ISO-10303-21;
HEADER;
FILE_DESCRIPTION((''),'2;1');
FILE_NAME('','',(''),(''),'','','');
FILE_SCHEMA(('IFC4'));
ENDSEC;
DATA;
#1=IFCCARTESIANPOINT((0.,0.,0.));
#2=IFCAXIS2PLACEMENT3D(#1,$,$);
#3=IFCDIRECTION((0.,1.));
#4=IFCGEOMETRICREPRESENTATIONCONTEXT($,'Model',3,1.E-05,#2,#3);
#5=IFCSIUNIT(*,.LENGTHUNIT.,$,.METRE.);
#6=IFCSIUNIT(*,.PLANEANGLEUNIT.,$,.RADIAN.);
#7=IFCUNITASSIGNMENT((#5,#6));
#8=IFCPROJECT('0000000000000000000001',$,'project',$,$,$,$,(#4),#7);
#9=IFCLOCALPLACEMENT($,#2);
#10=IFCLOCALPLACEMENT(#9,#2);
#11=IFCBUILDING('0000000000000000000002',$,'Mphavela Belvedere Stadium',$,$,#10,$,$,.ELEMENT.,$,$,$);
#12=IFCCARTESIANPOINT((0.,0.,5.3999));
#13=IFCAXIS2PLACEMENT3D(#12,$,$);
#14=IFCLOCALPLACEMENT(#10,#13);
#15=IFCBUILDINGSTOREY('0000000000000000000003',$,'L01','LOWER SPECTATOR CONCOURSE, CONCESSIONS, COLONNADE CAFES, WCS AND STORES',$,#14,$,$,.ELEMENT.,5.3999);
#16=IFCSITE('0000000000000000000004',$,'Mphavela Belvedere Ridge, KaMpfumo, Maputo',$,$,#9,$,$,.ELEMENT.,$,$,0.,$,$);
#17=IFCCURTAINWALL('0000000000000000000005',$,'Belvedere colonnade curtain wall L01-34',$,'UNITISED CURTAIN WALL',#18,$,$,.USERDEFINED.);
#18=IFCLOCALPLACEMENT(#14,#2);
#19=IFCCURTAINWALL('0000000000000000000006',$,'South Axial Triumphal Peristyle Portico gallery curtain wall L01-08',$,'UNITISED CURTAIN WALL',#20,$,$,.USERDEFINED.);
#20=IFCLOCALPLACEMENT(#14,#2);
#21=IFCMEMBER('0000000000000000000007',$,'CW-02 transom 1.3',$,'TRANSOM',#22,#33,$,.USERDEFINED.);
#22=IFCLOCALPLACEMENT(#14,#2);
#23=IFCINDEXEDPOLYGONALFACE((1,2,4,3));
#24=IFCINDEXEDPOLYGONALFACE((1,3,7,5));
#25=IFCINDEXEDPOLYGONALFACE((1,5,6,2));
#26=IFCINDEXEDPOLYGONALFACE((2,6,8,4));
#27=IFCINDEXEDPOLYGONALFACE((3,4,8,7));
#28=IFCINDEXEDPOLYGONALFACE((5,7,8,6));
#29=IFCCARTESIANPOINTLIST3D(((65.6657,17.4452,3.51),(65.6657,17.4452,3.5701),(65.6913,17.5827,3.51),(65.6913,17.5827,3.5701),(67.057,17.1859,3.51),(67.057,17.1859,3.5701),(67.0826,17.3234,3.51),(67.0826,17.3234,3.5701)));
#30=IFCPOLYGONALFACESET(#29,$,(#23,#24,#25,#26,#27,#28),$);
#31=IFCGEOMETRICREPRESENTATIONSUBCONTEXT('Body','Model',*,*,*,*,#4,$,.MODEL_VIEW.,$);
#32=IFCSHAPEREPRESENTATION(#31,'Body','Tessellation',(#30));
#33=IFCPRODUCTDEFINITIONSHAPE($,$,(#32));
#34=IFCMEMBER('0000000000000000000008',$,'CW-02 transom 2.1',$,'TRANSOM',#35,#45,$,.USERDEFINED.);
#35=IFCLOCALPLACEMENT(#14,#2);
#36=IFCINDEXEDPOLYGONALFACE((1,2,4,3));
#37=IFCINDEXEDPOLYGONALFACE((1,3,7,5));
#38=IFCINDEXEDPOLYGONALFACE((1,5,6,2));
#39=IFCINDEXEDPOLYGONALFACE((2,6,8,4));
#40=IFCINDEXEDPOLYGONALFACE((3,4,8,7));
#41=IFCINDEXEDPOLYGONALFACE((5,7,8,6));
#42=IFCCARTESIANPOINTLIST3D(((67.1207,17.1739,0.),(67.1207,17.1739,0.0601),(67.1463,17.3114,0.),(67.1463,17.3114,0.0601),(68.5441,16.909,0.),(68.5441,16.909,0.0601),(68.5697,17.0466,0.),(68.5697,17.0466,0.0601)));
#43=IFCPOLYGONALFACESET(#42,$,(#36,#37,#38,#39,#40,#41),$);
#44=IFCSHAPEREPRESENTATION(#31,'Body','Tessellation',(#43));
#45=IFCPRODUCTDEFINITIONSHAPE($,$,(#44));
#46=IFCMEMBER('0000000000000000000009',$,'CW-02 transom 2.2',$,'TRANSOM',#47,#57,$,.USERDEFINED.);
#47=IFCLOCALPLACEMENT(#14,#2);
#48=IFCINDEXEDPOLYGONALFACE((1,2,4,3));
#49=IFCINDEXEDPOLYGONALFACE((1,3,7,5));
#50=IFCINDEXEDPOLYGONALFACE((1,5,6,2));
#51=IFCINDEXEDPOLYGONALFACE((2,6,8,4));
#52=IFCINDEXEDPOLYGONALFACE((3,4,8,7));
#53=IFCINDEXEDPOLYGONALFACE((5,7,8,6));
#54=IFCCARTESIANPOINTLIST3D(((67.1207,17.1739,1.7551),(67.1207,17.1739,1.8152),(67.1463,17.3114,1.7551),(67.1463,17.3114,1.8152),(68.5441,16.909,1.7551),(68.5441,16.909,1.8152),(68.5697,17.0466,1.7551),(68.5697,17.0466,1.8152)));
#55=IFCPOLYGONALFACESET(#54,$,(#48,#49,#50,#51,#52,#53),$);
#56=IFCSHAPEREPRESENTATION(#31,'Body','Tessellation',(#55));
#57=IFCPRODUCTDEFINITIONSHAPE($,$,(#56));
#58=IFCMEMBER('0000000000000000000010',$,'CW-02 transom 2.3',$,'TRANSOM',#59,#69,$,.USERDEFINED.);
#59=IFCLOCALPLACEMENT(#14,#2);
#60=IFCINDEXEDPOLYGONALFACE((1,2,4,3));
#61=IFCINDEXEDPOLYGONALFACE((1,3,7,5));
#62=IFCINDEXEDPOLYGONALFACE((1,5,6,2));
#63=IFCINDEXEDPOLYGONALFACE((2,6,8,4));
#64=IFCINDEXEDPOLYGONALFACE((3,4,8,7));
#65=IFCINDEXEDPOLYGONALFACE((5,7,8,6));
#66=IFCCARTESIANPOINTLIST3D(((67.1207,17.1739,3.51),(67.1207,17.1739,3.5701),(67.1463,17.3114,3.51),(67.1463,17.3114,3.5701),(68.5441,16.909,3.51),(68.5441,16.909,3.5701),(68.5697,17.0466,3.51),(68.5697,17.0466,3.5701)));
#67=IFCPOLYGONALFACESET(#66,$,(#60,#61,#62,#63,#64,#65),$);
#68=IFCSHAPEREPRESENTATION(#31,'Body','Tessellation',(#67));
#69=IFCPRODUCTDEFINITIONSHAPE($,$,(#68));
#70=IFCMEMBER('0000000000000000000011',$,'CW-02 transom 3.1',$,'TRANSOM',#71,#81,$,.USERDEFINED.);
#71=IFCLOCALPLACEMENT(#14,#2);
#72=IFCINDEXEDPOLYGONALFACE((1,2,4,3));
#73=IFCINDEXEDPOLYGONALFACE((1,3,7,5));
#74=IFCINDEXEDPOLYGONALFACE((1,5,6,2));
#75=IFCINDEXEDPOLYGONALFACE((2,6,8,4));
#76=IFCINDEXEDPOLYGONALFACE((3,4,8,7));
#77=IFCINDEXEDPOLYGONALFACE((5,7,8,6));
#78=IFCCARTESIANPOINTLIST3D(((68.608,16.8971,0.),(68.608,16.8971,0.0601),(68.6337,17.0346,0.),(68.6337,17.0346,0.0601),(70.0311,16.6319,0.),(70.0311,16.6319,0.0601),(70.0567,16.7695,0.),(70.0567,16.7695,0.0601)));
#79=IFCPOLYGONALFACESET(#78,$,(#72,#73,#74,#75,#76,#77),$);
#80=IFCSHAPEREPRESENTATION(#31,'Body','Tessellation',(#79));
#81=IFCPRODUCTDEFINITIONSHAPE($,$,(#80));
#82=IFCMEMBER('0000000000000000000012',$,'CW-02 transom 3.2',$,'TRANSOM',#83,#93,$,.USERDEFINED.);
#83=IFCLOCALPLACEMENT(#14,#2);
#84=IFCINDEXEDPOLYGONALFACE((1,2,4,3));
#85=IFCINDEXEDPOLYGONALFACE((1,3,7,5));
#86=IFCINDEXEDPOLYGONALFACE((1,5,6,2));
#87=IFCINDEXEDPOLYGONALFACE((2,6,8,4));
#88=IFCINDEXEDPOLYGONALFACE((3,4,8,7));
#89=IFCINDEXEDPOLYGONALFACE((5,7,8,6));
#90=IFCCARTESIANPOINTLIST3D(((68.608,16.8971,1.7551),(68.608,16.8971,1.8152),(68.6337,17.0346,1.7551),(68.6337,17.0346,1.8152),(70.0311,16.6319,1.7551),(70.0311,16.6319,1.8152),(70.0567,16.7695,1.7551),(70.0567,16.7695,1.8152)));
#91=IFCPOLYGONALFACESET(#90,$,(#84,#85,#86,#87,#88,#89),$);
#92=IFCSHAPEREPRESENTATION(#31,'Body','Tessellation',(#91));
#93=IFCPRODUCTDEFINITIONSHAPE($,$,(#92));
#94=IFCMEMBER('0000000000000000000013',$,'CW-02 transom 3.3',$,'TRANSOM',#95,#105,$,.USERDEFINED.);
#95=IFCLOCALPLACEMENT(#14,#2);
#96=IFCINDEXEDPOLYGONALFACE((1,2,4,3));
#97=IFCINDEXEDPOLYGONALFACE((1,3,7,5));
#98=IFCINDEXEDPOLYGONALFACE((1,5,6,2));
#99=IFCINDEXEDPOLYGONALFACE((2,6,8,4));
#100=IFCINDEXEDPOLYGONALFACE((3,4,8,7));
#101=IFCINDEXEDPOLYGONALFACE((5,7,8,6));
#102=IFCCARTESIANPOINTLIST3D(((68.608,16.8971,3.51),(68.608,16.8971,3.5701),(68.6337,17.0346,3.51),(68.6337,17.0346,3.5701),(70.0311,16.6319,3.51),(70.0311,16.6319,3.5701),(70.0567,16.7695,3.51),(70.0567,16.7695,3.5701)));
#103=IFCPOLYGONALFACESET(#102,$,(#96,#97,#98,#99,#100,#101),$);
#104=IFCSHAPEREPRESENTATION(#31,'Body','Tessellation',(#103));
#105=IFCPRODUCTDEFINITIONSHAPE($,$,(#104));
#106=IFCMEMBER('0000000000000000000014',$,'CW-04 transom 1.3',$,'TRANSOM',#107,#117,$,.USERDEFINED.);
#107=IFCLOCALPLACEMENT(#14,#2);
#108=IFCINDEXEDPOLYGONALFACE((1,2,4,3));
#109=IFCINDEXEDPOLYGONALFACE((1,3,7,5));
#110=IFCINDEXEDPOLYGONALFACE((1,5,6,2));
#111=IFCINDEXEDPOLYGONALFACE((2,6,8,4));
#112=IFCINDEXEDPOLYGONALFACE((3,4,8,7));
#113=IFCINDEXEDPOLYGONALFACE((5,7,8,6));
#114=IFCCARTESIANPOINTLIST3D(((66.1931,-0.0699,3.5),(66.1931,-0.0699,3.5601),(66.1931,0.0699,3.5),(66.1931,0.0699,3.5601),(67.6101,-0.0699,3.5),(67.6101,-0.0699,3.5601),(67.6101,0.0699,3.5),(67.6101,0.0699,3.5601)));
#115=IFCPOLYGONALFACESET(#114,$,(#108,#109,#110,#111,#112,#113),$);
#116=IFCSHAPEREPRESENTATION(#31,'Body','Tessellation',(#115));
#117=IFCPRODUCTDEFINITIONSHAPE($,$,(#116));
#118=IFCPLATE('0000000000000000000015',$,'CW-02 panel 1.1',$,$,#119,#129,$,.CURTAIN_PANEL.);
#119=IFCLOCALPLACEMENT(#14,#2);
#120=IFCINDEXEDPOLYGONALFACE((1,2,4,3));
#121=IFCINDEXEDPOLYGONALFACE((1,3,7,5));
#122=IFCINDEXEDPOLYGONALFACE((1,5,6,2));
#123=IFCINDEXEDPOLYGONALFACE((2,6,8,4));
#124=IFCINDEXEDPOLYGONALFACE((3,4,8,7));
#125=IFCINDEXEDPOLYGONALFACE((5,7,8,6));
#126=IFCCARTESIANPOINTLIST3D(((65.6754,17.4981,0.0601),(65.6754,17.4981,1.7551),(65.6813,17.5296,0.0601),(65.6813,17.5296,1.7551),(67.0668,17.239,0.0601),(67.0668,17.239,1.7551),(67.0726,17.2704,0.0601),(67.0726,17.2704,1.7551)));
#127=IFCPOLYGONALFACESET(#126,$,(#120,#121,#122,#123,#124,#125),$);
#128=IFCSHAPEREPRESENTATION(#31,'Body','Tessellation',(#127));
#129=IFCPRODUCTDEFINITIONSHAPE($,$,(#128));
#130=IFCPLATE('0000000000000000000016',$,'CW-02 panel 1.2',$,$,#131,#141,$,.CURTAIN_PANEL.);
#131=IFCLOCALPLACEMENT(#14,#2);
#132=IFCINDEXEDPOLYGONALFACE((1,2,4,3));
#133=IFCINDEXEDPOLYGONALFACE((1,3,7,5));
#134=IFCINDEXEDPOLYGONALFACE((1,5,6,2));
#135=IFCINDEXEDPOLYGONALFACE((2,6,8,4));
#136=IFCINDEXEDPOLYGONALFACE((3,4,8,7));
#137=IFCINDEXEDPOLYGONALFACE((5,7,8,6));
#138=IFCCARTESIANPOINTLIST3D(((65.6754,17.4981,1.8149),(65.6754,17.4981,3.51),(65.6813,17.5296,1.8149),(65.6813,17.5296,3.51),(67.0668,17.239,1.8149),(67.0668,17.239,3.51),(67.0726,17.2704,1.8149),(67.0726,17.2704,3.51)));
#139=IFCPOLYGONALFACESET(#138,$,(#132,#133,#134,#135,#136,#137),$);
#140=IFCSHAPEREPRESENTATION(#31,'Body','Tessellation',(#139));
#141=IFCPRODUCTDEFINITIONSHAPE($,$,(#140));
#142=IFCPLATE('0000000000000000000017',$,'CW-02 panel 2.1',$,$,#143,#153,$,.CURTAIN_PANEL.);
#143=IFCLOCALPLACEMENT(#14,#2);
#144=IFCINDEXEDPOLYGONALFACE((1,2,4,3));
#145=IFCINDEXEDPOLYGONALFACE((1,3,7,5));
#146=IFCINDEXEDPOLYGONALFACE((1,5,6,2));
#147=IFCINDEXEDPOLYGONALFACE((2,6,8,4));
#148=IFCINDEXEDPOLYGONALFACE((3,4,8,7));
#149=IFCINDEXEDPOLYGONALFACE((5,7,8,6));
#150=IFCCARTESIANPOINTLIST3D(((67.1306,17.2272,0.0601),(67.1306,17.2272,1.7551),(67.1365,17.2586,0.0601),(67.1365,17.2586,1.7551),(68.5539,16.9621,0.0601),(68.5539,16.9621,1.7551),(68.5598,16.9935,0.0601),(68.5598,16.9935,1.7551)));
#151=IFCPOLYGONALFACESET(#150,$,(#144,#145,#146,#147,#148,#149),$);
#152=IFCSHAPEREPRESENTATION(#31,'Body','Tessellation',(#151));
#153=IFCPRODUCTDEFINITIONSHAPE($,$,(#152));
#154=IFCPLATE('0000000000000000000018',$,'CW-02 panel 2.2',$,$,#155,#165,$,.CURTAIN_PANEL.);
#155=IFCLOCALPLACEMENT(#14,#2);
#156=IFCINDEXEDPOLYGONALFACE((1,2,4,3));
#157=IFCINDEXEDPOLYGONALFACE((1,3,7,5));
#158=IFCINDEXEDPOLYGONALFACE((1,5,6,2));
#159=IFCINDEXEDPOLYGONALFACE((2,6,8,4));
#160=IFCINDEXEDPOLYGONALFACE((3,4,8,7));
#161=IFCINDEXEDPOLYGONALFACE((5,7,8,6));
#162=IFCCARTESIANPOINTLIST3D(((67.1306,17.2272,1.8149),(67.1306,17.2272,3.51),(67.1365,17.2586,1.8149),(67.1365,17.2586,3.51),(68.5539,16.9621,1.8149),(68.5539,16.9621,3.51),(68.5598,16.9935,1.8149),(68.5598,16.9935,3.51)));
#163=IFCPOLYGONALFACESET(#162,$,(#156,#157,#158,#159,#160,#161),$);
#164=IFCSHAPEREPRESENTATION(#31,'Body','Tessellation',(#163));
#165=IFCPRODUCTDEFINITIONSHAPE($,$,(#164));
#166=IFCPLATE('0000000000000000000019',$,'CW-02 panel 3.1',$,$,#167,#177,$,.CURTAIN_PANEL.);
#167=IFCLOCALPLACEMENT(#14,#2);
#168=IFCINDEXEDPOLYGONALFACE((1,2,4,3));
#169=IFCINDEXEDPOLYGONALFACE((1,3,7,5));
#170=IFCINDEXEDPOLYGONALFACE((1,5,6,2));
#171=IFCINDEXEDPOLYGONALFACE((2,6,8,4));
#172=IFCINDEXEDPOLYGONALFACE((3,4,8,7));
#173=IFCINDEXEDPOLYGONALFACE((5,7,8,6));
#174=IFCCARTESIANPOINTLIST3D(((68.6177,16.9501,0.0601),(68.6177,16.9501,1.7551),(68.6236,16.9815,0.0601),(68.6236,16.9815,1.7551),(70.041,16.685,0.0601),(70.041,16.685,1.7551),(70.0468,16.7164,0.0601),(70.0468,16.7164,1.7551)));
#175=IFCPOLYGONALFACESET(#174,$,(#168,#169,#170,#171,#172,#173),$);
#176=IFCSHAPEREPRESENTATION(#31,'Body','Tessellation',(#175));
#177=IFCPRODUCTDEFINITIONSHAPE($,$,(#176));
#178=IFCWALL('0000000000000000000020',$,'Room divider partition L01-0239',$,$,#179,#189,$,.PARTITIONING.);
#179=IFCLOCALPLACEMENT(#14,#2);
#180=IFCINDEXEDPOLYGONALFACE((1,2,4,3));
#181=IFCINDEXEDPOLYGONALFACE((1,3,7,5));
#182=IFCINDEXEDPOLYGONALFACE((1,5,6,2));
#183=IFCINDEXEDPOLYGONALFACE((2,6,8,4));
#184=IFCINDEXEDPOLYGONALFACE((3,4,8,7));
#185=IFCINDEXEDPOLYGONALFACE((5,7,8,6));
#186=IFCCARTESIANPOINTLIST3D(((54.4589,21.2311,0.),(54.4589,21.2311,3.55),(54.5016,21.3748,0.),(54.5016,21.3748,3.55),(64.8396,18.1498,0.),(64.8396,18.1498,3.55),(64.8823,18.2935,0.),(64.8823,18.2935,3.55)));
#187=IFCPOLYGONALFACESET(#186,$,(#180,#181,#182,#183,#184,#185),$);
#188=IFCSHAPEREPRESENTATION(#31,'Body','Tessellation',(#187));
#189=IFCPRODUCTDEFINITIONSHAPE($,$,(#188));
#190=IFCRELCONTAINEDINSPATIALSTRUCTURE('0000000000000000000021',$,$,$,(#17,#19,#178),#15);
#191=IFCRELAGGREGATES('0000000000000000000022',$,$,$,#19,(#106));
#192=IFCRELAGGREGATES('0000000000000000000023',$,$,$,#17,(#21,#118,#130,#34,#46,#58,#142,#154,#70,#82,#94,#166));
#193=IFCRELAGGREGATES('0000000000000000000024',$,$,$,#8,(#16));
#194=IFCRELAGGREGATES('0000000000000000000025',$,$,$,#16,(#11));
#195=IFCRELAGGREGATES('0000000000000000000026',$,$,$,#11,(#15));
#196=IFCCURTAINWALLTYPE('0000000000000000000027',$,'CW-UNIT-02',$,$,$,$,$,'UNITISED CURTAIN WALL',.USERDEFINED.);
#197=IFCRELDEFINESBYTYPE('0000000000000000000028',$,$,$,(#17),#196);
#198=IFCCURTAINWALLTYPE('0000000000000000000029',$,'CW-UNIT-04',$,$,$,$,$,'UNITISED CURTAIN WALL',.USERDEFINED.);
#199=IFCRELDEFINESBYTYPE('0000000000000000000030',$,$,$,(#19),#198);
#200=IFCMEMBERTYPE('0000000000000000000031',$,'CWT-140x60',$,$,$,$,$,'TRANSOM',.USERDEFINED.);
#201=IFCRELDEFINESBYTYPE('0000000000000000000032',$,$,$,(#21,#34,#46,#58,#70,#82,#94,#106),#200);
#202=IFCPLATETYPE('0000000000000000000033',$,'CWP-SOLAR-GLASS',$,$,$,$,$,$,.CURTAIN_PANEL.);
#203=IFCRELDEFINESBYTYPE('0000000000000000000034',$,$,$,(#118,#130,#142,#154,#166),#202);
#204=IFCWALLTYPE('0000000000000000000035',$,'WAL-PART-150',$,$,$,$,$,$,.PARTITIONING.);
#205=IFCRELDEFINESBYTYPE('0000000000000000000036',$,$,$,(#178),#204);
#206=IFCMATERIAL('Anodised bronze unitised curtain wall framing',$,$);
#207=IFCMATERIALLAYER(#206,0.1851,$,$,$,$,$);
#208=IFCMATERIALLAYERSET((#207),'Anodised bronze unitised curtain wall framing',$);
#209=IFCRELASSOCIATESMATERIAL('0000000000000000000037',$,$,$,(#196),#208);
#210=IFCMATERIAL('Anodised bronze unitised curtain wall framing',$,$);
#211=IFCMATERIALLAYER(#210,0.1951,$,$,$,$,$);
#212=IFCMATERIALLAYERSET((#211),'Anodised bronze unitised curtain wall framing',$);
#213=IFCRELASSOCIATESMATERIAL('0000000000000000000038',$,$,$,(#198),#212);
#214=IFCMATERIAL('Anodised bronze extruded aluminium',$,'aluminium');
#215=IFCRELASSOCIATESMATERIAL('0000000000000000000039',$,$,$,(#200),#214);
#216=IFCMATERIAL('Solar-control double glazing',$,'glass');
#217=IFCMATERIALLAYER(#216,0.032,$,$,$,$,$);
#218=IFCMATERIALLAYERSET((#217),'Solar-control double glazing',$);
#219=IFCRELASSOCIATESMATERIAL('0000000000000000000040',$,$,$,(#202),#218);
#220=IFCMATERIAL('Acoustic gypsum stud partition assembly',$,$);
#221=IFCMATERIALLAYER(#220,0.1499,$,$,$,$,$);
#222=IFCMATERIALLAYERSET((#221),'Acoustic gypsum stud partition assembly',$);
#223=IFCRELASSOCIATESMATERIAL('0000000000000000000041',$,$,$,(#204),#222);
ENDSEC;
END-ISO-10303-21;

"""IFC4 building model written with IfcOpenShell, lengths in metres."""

from ifc_helpers import new_model, si_unit, direction, frame, frame_2d, origin, origin_2d, place, context, subcontext, project, spatial, rectangle, extrude, material, layer, layer_set, material_profile, profile_set, type_object, element, aggregate, save


model = new_model("IFC4")

# Units and contexts
model_context = context("Model", 3, precision=1e-05, world=origin(), true_north=direction((0.0, 1.0)))
body_context = subcontext(model_context, "Body", "Model", "MODEL_VIEW")
ifc_project = project(units=[si_unit("LENGTHUNIT", "METRE"), si_unit("PLANEANGLEUNIT", "RADIAN")], contexts=[model_context])

# Site, building, storey
site_placement = place(None, origin())
site = spatial("IfcSite", under=ifc_project, at=site_placement, Name="Mphavela Belvedere Ridge, KaMpfumo, Maputo", CompositionType="ELEMENT", RefElevation=0.0)
building_placement = place(site_placement, origin())
building = spatial("IfcBuilding", under=site, at=building_placement, Name="Mphavela Belvedere Stadium", CompositionType="ELEMENT")
storey_placement = place(building_placement, frame((0.0, 0.0, 5.3999)))
storey = spatial("IfcBuildingStorey", under=building, at=storey_placement, Name="L01", Description="LOWER SPECTATOR CONCOURSE, CONCESSIONS, COLONNADE CAFES, WCS AND STORES", CompositionType="ELEMENT", Elevation=5.3999)

# Curtain wall
ifc_material_1 = material(Name="Anodised bronze unitised curtain wall framing")
ifc_layer_1 = layer(ifc_material_1, 0.1851)
ifc_layer_set_1 = layer_set([ifc_layer_1], Name="Anodised bronze unitised curtain wall framing")
curtain_wall_type_1 = type_object("IfcCurtainWallType", Name="CW-UNIT-02", ElementType="UNITISED CURTAIN WALL", PredefinedType="USERDEFINED", material=ifc_layer_set_1)
curtain_wall_1_placement = place(storey_placement, origin())
curtain_wall_1 = element("IfcCurtainWall", 1, at=curtain_wall_1_placement, inside=storey, type_object=curtain_wall_type_1, Name="Belvedere colonnade curtain wall L01-34", ObjectType="UNITISED CURTAIN WALL", PredefinedType="USERDEFINED")

# Curtain wall
ifc_material_2 = material(Name="Anodised bronze unitised curtain wall framing")
ifc_layer_2 = layer(ifc_material_2, 0.1951)
ifc_layer_set_2 = layer_set([ifc_layer_2], Name="Anodised bronze unitised curtain wall framing")
curtain_wall_type_2 = type_object("IfcCurtainWallType", Name="CW-UNIT-04", ElementType="UNITISED CURTAIN WALL", PredefinedType="USERDEFINED", material=ifc_layer_set_2)
curtain_wall_2_placement = place(storey_placement, origin())
curtain_wall_2 = element("IfcCurtainWall", 2, at=curtain_wall_2_placement, inside=storey, type_object=curtain_wall_type_2, Name="South Axial Triumphal Peristyle Portico gallery curtain wall L01-08", ObjectType="UNITISED CURTAIN WALL", PredefinedType="USERDEFINED")

# Members
ifc_material_3 = material(Name="Anodised bronze extruded aluminium", Category="aluminium")
ifc_material_profile_1 = material_profile(ifc_material_3, rectangle(XDim=0.1399, YDim=0.0601, at=origin_2d()), Name="CW-TRN 140x60")
ifc_profile_set_1 = profile_set([ifc_material_profile_1], Name="Anodised bronze extruded aluminium")
member_type_1 = type_object("IfcMemberType", Name="CWT-140x60", ElementType="TRANSOM", PredefinedType="USERDEFINED", material=ifc_profile_set_1)
member_1_placement = place(storey_placement, frame((65.6785, 17.5139, 3.54), z_axis=(0.983077, -0.183195, 0.0), x_axis=(0.183195, 0.983077, 0.0)))
member_1 = element("IfcMember", 3, at=member_1_placement, type_object=member_type_1, Name="CW-02 transom 1.3", ObjectType="TRANSOM", PredefinedType="USERDEFINED", context=body_context, shape_type="SweptSolid", body=[
    extrude(rectangle(XDim=0.1399, YDim=0.0601, at=origin_2d()), origin(), (0.0, 0.0, 1.0), 1.4153),
])
member_2_placement = place(storey_placement, frame((67.1335, 17.2427, 0.03), z_axis=(0.983119, -0.182965, 0.0), x_axis=(0.182965, 0.983119, 0.0)))
member_2 = element("IfcMember", 4, at=member_2_placement, type_object=member_type_1, Name="CW-02 transom 2.1", ObjectType="TRANSOM", PredefinedType="USERDEFINED", context=body_context, shape_type="SweptSolid", body=[
    extrude(rectangle(XDim=0.1399, YDim=0.0601, at=origin_2d()), origin(), (0.0, 0.0, 1.0), 1.4478),
])
member_3_placement = place(storey_placement, frame((67.1335, 17.2427, 1.7852), z_axis=(0.983119, -0.182965, 0.0), x_axis=(0.182965, 0.983119, 0.0)))
member_3 = element("IfcMember", 5, at=member_3_placement, type_object=member_type_1, Name="CW-02 transom 2.2", ObjectType="TRANSOM", PredefinedType="USERDEFINED", context=body_context, shape_type="SweptSolid", body=[
    extrude(rectangle(XDim=0.1399, YDim=0.0601, at=origin_2d()), origin(), (0.0, 0.0, 1.0), 1.4478),
])
member_4_placement = place(storey_placement, frame((67.1335, 17.2427, 3.54), z_axis=(0.983119, -0.182965, 0.0), x_axis=(0.182965, 0.983119, 0.0)))
member_4 = element("IfcMember", 6, at=member_4_placement, type_object=member_type_1, Name="CW-02 transom 2.3", ObjectType="TRANSOM", PredefinedType="USERDEFINED", context=body_context, shape_type="SweptSolid", body=[
    extrude(rectangle(XDim=0.1399, YDim=0.0601, at=origin_2d()), origin(), (0.0, 0.0, 1.0), 1.4478),
])
member_5_placement = place(storey_placement, frame((68.6208, 16.9658, 0.03), z_axis=(0.983083, -0.183158, 0.0), x_axis=(0.183158, 0.983083, 0.0)))
member_5 = element("IfcMember", 7, at=member_5_placement, type_object=member_type_1, Name="CW-02 transom 3.1", ObjectType="TRANSOM", PredefinedType="USERDEFINED", context=body_context, shape_type="SweptSolid", body=[
    extrude(rectangle(XDim=0.1399, YDim=0.0601, at=origin_2d()), origin(), (0.0, 0.0, 1.0), 1.4475),
])
member_6_placement = place(storey_placement, frame((68.6208, 16.9658, 1.7852), z_axis=(0.983083, -0.183158, 0.0), x_axis=(0.183158, 0.983083, 0.0)))
member_6 = element("IfcMember", 8, at=member_6_placement, type_object=member_type_1, Name="CW-02 transom 3.2", ObjectType="TRANSOM", PredefinedType="USERDEFINED", context=body_context, shape_type="SweptSolid", body=[
    extrude(rectangle(XDim=0.1399, YDim=0.0601, at=origin_2d()), origin(), (0.0, 0.0, 1.0), 1.4475),
])
member_7_placement = place(storey_placement, frame((68.6208, 16.9658, 3.54), z_axis=(0.983083, -0.183158, 0.0), x_axis=(0.183158, 0.983083, 0.0)))
member_7 = element("IfcMember", 9, at=member_7_placement, type_object=member_type_1, Name="CW-02 transom 3.3", ObjectType="TRANSOM", PredefinedType="USERDEFINED", context=body_context, shape_type="SweptSolid", body=[
    extrude(rectangle(XDim=0.1399, YDim=0.0601, at=origin_2d()), origin(), (0.0, 0.0, 1.0), 1.4475),
])
member_8_placement = place(storey_placement, frame((67.6101, 0.0, 3.53), z_axis=(-1.0, 0.0, 0.0), x_axis=(0.0, -1.0, 0.0)))
member_8 = element("IfcMember", 10, at=member_8_placement, type_object=member_type_1, Name="CW-04 transom 1.3", ObjectType="TRANSOM", PredefinedType="USERDEFINED", context=body_context, shape_type="SweptSolid", body=[
    extrude(rectangle(XDim=0.1399, YDim=0.0601, at=origin_2d()), origin(), (0.0, 0.0, 1.0), 1.417),
])
aggregate(curtain_wall_2, [member_8])

# Plates
ifc_material_4 = material(Name="Solar-control double glazing", Category="glass")
ifc_layer_3 = layer(ifc_material_4, 0.032)
ifc_layer_set_3 = layer_set([ifc_layer_3], Name="Solar-control double glazing")
plate_type = type_object("IfcPlateType", Name="CWP-SOLAR-GLASS", PredefinedType="CURTAIN_PANEL", material=ifc_layer_set_3)
plate_1_placement = place(storey_placement, frame((66.374, 17.3843, 0.0601), z_axis=(0.0, 0.0, 1.0), x_axis=(0.983095, -0.183095, 0.0)))
plate_1 = element("IfcPlate", 11, at=plate_1_placement, type_object=plate_type, Name="CW-02 panel 1.1", PredefinedType="CURTAIN_PANEL", context=body_context, shape_type="SweptSolid", body=[
    extrude(rectangle(XDim=1.4153, YDim=0.032, at=origin_2d()), origin(), (0.0, 0.0, 1.0), 1.6951),
])
plate_2_placement = place(storey_placement, frame((66.374, 17.3843, 1.8149), z_axis=(0.0, 0.0, 1.0), x_axis=(0.983095, -0.183095, 0.0)))
plate_2 = element("IfcPlate", 12, at=plate_2_placement, type_object=plate_type, Name="CW-02 panel 1.2", PredefinedType="CURTAIN_PANEL", context=body_context, shape_type="SweptSolid", body=[
    extrude(rectangle(XDim=1.4153, YDim=0.032, at=origin_2d()), origin(), (0.0, 0.0, 1.0), 1.6951),
])
plate_3_placement = place(storey_placement, frame((67.8452, 17.1104, 0.0601), z_axis=(0.0, 0.0, 1.0), x_axis=(0.983095, -0.183095, 0.0)))
plate_3 = element("IfcPlate", 13, at=plate_3_placement, type_object=plate_type, Name="CW-02 panel 2.1", PredefinedType="CURTAIN_PANEL", context=body_context, shape_type="SweptSolid", body=[
    extrude(rectangle(XDim=1.4478, YDim=0.032, at=origin_2d()), origin(), (0.0, 0.0, 1.0), 1.6951),
])
plate_4_placement = place(storey_placement, frame((67.8452, 17.1104, 1.8149), z_axis=(0.0, 0.0, 1.0), x_axis=(0.983095, -0.183095, 0.0)))
plate_4 = element("IfcPlate", 14, at=plate_4_placement, type_object=plate_type, Name="CW-02 panel 2.2", PredefinedType="CURTAIN_PANEL", context=body_context, shape_type="SweptSolid", body=[
    extrude(rectangle(XDim=1.4478, YDim=0.032, at=origin_2d()), origin(), (0.0, 0.0, 1.0), 1.6951),
])
plate_5_placement = place(storey_placement, frame((69.3323, 16.8333, 0.0601), z_axis=(0.0, 0.0, 1.0), x_axis=(0.983095, -0.183095, 0.0)))
plate_5 = element("IfcPlate", 15, at=plate_5_placement, type_object=plate_type, Name="CW-02 panel 3.1", PredefinedType="CURTAIN_PANEL", context=body_context, shape_type="SweptSolid", body=[
    extrude(rectangle(XDim=1.4478, YDim=0.032, at=origin_2d()), origin(), (0.0, 0.0, 1.0), 1.6951),
])
aggregate(curtain_wall_1, [member_1, plate_1, plate_2, member_2, member_3, member_4, plate_3, plate_4, member_5, member_6, member_7, plate_5])

# Wall
ifc_material_5 = material(Name="Acoustic gypsum stud partition assembly")
ifc_layer_4 = layer(ifc_material_5, 0.1499)
ifc_layer_set_4 = layer_set([ifc_layer_4], Name="Acoustic gypsum stud partition assembly")
wall_type = type_object("IfcWallType", Name="WAL-PART-150", PredefinedType="PARTITIONING", material=ifc_layer_set_4)
wall_1_placement = place(storey_placement, frame((64.8608, 18.2217, 0.0), z_axis=(0.0, 0.0, 1.0), x_axis=(-0.958658, 0.28456, 0.0)))
element("IfcWall", 16, at=wall_1_placement, inside=storey, type_object=wall_type, Name="Room divider partition L01-0239", PredefinedType="PARTITIONING", context=body_context, shape_type="SweptSolid", body=[
    extrude(rectangle(XDim=10.8284, YDim=0.1499, at=frame_2d((5.4141, 0.0))), origin(), (0.0, 0.0, 1.0), 3.55),
])

save(model, "model.ifc")
